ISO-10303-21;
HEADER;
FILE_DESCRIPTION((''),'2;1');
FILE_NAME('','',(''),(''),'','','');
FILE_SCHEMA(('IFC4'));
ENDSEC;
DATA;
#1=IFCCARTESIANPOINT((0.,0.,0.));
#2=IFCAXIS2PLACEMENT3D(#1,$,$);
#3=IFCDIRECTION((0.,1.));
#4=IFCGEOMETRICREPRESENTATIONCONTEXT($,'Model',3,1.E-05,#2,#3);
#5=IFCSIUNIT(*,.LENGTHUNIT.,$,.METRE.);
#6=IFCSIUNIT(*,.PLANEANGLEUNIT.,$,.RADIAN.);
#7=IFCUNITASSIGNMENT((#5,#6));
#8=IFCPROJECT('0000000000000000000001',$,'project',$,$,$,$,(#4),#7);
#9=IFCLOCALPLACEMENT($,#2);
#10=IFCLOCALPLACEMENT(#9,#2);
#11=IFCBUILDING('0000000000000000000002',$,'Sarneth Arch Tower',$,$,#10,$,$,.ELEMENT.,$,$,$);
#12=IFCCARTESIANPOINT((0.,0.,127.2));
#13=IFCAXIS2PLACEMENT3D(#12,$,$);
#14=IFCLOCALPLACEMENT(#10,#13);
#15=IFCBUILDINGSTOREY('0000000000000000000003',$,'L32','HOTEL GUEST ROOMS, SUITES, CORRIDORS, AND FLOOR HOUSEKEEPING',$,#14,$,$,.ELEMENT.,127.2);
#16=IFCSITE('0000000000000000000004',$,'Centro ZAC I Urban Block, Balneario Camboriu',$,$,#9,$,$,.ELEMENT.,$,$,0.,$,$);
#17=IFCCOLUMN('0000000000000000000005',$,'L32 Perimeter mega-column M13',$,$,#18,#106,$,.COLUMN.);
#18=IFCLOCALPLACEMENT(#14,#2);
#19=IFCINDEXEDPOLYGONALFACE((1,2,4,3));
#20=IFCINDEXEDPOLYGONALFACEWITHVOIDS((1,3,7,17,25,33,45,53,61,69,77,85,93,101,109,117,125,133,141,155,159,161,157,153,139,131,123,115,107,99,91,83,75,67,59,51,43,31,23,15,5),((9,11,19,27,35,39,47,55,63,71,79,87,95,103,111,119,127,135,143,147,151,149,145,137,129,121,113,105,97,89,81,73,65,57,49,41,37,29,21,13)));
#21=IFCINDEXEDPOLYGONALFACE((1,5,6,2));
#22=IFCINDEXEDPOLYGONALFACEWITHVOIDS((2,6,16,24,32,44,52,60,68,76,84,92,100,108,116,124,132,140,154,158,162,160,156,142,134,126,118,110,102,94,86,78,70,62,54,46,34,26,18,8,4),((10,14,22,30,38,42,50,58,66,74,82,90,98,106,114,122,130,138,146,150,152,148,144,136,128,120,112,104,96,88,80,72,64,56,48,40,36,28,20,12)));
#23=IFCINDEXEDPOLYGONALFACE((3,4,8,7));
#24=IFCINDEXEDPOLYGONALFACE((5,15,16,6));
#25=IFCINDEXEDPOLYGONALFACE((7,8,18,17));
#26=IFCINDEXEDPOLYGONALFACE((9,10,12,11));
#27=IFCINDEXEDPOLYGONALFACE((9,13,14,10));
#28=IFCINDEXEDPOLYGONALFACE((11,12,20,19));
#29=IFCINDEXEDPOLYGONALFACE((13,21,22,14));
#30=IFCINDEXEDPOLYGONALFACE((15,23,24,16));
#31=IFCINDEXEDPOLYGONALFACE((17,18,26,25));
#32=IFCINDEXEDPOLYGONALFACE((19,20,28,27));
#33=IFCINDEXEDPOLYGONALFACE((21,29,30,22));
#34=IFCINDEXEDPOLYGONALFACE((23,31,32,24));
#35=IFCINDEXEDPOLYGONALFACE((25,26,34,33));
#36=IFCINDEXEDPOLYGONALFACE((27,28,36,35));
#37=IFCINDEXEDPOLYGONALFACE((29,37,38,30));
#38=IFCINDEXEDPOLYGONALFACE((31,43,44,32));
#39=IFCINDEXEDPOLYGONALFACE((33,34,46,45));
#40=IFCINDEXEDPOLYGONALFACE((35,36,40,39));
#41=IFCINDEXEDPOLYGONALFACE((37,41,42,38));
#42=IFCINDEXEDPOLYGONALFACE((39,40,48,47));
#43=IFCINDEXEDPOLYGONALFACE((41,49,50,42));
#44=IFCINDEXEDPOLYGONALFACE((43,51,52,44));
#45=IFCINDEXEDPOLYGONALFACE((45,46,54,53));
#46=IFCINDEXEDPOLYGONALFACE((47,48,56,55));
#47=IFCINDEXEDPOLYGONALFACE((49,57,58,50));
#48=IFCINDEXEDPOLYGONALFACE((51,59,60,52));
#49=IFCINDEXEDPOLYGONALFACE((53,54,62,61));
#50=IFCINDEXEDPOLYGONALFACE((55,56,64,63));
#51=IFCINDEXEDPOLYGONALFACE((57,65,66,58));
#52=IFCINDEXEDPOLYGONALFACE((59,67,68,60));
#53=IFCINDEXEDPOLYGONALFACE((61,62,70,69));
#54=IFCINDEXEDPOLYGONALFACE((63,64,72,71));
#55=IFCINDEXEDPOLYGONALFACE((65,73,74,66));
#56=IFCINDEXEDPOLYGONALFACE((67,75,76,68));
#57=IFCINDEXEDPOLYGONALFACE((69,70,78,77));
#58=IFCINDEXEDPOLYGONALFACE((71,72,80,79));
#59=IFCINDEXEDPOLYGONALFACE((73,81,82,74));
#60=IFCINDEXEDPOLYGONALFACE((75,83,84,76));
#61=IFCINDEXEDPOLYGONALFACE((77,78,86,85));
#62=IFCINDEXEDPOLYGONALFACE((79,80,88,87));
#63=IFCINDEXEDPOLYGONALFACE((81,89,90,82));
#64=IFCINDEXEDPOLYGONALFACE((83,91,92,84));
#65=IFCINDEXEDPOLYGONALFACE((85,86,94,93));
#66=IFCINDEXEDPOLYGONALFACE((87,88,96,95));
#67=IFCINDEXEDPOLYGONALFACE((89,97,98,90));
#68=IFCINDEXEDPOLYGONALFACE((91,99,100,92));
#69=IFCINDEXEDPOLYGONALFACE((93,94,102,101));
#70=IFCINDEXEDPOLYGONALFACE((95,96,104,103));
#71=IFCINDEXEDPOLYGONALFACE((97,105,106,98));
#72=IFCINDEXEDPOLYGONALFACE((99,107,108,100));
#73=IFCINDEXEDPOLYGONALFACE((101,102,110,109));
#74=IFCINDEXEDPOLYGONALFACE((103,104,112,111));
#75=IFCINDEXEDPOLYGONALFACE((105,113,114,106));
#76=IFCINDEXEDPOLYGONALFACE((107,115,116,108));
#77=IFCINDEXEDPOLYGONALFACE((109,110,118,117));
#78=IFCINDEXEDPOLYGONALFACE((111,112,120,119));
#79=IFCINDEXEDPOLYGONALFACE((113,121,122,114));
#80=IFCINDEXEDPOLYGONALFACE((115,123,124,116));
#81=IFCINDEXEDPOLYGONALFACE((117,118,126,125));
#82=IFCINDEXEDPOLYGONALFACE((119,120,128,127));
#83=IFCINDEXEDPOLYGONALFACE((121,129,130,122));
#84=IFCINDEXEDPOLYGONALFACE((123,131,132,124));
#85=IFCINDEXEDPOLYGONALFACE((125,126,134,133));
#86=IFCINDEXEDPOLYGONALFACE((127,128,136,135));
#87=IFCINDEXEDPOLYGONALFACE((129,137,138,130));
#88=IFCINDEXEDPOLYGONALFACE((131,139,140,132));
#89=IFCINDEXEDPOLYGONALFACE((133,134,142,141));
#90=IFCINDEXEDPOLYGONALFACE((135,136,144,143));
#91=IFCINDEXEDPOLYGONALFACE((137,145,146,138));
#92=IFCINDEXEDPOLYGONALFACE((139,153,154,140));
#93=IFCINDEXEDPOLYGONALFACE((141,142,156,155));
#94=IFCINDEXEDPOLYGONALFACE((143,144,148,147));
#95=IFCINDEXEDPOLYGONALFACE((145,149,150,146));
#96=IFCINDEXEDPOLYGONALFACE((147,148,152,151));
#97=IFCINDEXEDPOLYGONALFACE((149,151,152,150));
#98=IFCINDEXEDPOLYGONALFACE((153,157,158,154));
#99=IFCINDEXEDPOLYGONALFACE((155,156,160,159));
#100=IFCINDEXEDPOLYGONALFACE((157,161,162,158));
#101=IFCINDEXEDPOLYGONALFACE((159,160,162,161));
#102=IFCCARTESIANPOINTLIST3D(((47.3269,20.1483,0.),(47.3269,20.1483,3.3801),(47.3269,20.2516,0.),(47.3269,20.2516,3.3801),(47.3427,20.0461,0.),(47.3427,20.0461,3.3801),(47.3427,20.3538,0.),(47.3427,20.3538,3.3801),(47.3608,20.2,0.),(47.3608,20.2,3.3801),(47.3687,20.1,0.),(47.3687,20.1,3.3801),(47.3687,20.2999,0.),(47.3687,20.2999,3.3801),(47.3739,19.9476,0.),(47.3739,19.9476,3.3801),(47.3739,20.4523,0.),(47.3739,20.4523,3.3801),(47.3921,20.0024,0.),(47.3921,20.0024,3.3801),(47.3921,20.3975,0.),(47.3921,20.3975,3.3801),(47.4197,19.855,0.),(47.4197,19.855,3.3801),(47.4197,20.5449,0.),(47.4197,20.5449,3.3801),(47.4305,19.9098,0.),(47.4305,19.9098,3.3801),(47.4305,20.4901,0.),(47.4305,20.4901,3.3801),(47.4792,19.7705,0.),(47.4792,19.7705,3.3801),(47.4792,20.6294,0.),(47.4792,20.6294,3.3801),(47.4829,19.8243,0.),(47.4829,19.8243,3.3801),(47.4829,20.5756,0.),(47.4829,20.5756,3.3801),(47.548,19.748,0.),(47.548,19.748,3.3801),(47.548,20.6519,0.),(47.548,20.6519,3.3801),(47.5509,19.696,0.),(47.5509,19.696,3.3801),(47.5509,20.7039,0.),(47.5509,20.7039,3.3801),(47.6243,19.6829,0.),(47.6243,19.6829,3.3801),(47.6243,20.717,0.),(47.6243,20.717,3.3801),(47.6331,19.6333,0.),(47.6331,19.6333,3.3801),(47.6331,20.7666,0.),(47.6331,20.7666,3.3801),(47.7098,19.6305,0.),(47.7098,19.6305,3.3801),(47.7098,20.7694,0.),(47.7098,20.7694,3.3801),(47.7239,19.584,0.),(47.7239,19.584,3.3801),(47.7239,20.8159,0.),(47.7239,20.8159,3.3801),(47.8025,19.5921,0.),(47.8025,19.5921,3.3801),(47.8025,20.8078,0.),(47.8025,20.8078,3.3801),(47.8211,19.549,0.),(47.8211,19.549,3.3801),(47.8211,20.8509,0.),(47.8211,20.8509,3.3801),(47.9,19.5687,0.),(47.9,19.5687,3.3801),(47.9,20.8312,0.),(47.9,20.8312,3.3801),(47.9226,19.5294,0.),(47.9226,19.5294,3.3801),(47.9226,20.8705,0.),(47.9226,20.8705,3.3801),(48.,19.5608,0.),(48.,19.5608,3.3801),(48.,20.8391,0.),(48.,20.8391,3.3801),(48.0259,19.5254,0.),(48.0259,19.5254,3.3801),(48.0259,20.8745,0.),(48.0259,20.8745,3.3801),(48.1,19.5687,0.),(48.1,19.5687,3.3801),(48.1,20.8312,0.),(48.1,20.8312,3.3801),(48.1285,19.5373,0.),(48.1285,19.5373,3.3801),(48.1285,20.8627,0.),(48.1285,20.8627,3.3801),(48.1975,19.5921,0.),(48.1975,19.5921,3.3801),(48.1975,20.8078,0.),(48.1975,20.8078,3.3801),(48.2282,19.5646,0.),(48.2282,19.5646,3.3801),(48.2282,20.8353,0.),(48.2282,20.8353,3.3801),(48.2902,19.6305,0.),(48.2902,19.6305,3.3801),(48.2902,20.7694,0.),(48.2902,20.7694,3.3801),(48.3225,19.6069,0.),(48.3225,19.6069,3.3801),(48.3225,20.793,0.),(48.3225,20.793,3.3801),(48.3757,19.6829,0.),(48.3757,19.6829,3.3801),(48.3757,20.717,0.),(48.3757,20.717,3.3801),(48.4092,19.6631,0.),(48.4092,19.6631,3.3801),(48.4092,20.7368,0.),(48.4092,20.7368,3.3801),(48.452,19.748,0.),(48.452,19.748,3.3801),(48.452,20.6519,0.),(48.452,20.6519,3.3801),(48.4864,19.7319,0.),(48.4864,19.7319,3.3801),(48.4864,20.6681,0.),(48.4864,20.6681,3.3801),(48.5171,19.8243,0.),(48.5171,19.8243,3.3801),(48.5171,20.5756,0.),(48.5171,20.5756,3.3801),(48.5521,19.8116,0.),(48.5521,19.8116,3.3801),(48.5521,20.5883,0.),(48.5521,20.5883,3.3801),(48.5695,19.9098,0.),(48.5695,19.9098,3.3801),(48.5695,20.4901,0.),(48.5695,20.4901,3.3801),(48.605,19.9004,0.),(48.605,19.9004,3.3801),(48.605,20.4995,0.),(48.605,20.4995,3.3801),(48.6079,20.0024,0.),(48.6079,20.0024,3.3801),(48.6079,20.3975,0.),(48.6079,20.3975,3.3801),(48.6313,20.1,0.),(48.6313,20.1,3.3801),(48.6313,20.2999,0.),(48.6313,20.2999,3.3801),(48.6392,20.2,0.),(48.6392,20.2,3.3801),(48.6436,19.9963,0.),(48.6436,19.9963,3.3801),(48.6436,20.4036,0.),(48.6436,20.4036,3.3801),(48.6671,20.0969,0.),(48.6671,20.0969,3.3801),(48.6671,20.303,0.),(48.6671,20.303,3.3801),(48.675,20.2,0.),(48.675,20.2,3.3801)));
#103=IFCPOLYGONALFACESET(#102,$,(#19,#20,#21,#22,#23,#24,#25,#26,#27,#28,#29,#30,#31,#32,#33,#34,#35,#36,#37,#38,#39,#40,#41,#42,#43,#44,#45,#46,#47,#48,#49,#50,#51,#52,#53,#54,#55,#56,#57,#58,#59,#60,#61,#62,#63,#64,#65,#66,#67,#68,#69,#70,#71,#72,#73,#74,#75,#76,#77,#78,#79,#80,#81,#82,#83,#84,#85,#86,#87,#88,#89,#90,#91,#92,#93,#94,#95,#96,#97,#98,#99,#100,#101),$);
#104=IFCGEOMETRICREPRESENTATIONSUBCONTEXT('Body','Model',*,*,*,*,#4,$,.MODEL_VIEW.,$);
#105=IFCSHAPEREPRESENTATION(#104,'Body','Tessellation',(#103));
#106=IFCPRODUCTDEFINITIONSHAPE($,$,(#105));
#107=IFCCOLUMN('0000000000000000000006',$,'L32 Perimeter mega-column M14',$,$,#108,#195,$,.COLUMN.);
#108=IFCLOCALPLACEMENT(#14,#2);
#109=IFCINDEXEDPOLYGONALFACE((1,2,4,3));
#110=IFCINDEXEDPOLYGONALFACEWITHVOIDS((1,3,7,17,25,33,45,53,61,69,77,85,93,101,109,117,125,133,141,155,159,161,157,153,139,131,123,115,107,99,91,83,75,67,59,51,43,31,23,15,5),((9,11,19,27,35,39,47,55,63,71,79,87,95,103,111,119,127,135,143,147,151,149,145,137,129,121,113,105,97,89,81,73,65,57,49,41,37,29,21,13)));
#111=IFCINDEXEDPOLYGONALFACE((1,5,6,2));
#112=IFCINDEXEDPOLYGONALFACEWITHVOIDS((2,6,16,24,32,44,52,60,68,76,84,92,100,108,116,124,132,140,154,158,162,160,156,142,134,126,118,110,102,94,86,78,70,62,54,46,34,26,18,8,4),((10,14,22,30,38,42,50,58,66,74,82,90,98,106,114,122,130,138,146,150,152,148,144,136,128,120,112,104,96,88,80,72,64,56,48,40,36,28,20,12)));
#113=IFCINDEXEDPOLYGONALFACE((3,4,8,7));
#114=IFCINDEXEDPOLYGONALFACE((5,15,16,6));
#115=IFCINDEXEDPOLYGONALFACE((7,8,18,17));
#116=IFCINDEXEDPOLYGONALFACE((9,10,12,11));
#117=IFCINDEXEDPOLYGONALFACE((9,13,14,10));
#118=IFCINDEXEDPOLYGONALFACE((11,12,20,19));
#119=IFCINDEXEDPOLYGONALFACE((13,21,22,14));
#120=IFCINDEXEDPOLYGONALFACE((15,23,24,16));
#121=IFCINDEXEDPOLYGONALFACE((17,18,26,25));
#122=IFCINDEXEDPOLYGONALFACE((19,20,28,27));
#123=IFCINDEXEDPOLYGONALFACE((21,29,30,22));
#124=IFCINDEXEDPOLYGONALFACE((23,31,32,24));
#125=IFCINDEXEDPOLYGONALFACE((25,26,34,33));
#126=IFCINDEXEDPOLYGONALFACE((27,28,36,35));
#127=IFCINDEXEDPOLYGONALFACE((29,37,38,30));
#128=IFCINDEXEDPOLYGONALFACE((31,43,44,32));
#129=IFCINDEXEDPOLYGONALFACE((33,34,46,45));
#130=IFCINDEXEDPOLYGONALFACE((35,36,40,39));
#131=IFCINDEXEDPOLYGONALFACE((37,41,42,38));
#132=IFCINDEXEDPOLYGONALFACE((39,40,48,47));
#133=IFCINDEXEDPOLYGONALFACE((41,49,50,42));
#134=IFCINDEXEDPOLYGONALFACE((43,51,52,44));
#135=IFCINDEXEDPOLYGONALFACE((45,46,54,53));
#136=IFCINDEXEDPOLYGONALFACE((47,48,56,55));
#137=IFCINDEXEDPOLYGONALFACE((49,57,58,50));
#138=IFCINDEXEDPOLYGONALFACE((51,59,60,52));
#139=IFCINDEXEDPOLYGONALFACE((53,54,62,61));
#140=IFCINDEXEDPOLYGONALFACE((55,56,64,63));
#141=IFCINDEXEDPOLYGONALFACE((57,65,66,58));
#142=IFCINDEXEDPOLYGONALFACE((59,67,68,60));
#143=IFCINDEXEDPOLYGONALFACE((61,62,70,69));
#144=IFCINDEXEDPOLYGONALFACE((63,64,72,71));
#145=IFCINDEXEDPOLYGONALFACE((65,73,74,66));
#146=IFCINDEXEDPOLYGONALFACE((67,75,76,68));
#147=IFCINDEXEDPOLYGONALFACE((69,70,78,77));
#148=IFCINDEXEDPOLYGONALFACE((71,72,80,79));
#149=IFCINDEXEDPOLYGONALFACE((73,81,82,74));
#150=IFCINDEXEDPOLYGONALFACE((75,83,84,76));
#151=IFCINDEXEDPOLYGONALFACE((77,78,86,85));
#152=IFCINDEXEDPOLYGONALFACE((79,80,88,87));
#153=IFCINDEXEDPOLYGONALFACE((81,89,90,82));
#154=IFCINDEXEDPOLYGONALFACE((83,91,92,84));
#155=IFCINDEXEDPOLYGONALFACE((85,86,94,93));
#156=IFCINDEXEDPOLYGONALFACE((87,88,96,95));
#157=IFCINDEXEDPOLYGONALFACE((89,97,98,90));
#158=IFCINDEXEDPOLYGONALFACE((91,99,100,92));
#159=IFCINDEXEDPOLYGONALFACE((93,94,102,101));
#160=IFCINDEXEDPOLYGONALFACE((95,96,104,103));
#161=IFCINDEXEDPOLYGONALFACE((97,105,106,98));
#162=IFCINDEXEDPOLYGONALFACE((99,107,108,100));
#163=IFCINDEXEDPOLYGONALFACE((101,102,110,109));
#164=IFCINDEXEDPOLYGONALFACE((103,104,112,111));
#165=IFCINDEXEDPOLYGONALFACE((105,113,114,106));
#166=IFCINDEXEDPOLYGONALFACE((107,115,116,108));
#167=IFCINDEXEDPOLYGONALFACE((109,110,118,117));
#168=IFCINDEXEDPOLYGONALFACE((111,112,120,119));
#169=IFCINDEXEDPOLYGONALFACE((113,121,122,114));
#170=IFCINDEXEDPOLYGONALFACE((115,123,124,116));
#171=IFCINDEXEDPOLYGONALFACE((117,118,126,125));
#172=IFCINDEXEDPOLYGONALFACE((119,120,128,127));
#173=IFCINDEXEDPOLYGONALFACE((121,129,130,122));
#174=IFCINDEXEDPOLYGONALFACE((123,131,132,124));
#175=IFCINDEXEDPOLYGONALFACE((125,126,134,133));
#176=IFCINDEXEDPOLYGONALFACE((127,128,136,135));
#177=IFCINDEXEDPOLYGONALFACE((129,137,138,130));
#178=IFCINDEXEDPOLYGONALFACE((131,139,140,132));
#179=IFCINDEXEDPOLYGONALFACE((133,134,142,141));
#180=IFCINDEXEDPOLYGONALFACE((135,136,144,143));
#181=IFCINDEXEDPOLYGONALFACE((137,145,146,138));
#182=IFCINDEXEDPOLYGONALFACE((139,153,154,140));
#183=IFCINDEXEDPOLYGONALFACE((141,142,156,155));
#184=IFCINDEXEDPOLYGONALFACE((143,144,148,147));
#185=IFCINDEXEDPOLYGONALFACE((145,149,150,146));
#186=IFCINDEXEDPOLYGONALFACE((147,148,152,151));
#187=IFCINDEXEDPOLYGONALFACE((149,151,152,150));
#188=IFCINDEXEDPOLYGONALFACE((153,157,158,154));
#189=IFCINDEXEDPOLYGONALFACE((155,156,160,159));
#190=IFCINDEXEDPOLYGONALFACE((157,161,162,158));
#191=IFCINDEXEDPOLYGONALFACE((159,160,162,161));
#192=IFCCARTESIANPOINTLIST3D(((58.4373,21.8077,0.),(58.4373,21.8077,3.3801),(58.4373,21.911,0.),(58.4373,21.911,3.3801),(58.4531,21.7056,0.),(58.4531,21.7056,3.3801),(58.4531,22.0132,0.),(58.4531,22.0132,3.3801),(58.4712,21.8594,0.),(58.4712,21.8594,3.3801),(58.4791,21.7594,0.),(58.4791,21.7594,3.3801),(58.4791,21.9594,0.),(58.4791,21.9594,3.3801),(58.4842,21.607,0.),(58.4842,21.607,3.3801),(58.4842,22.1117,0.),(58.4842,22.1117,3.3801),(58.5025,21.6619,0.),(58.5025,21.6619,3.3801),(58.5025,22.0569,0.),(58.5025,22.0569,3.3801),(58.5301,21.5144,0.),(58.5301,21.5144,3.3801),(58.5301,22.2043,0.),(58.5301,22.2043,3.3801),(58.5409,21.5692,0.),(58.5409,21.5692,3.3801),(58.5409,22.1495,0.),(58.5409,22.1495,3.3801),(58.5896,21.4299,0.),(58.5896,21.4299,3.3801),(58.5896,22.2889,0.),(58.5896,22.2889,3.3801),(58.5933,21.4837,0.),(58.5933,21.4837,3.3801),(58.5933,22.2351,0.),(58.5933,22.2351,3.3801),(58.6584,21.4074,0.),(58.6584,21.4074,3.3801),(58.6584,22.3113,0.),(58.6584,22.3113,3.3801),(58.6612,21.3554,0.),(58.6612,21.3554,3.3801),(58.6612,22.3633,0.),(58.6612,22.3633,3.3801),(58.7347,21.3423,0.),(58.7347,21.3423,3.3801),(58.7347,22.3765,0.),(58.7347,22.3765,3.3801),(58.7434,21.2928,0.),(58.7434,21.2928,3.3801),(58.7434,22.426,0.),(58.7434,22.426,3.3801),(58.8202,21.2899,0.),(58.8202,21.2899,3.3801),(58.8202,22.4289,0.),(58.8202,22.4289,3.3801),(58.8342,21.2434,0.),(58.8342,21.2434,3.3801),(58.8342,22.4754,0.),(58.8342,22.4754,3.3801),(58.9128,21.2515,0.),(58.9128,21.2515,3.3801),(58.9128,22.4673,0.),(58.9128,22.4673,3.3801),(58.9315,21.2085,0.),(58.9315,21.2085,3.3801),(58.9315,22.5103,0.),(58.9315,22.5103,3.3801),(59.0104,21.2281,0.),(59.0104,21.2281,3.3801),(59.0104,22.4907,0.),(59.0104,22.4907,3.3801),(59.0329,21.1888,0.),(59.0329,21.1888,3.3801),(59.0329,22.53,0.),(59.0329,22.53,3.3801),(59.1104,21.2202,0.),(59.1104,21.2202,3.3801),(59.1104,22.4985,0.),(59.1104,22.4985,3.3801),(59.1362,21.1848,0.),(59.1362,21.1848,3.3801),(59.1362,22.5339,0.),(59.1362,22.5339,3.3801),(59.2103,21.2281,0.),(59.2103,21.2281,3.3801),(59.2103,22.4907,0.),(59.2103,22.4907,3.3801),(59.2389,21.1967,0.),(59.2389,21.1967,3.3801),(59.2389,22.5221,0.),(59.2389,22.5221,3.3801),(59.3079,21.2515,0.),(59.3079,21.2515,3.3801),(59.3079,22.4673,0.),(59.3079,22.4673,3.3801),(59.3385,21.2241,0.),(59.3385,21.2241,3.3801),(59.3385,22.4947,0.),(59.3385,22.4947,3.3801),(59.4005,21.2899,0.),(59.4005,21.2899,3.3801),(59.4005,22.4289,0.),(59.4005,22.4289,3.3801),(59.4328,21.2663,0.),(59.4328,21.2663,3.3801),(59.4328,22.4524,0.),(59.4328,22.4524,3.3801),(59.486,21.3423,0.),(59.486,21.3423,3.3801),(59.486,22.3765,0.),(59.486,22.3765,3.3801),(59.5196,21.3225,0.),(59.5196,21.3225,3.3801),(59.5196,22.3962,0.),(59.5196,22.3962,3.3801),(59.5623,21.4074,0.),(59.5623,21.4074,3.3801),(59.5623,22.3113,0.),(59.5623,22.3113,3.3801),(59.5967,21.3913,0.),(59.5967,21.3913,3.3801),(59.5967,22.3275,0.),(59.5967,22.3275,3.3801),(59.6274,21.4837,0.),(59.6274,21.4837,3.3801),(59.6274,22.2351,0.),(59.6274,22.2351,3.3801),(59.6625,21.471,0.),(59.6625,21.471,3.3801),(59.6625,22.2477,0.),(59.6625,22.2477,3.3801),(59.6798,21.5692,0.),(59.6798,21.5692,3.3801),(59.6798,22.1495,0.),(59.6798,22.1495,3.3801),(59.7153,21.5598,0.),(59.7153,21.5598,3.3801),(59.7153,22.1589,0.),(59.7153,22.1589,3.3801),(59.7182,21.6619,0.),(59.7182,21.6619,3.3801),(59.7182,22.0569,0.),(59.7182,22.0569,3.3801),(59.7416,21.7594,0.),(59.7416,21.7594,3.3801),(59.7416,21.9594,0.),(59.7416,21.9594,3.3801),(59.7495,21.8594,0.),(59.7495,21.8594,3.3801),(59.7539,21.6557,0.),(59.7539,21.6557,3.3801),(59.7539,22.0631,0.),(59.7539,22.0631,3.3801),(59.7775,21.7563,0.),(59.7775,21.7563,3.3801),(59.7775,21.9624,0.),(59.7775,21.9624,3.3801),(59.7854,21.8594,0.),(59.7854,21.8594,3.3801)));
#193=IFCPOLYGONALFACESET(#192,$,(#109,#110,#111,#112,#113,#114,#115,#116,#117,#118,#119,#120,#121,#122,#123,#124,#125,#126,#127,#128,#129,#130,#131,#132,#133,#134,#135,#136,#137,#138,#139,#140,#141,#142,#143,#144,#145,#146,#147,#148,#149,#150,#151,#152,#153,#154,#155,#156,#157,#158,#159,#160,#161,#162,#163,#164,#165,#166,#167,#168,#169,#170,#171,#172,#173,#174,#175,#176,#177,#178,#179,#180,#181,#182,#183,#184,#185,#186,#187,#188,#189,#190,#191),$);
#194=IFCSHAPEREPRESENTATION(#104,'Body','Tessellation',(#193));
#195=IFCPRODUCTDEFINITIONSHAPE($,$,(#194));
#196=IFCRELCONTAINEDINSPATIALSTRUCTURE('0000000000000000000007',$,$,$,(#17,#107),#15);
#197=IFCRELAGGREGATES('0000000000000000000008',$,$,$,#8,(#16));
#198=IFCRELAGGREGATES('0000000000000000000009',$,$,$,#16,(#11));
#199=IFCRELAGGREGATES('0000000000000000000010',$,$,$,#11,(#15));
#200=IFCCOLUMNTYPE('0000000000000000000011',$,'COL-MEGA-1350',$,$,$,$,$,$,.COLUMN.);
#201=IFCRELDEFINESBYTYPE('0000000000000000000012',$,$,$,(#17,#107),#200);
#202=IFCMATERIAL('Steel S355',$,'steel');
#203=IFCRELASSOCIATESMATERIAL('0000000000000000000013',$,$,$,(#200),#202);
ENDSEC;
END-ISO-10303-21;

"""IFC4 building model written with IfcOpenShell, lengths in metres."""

from ifc_helpers import new_model, si_unit, direction, frame, origin, origin_2d, place, context, subcontext, project, spatial, hollow_circle, extrude, material, material_profile, profile_set, type_object, element, save


model = new_model("IFC4")

# Units and contexts
model_context = context("Model", 3, precision=1e-05, world=origin(), true_north=direction((0.0, 1.0)))
body_context = subcontext(model_context, "Body", "Model", "MODEL_VIEW")
ifc_project = project(units=[si_unit("LENGTHUNIT", "METRE"), si_unit("PLANEANGLEUNIT", "RADIAN")], contexts=[model_context])

# Site, building, storey
site_placement = place(None, origin())
site = spatial("IfcSite", under=ifc_project, at=site_placement, Name="Centro ZAC I Urban Block, Balneario Camboriu", CompositionType="ELEMENT", RefElevation=0.0)
building_placement = place(site_placement, origin())
building = spatial("IfcBuilding", under=site, at=building_placement, Name="Sarneth Arch Tower", CompositionType="ELEMENT")
storey_placement = place(building_placement, frame((0.0, 0.0, 127.2)))
storey = spatial("IfcBuildingStorey", under=building, at=storey_placement, Name="L32", Description="HOTEL GUEST ROOMS, SUITES, CORRIDORS, AND FLOOR HOUSEKEEPING", CompositionType="ELEMENT", Elevation=127.2)

# Columns
ifc_material_1 = material(Name="Steel S355", Category="steel")
ifc_material_profile_1 = material_profile(ifc_material_1, hollow_circle(Radius=0.675, WallThickness=0.0359, at=origin_2d()), Name="CHS1350x36")
ifc_profile_set_1 = profile_set([ifc_material_profile_1], Name="Steel S355")
column_type = type_object("IfcColumnType", Name="COL-MEGA-1350", PredefinedType="COLUMN", material=ifc_profile_set_1)
for number, where, z_axis, x_axis, name in (
    (1, (48.0, 20.2, 0.0), (0.0, 0.0, 1.0), (1.0, 0.0, 0.0), "L32 Perimeter mega-column M13"),
    (2, (59.1104, 21.8594, 0.0), (0.0, 0.0, 1.0), (1.0, 0.0, 0.0), "L32 Perimeter mega-column M14"),
):
    element("IfcColumn", number, at=place(storey_placement, frame(where, z_axis=z_axis, x_axis=x_axis)), inside=storey, type_object=column_type, Name=name, PredefinedType="COLUMN", context=body_context, shape_type="SweptSolid", body=[
        extrude(hollow_circle(Radius=0.675, WallThickness=0.0359, at=origin_2d()), origin(), (0.0, 0.0, 1.0), 3.3801),
    ])

save(model, "model.ifc")
